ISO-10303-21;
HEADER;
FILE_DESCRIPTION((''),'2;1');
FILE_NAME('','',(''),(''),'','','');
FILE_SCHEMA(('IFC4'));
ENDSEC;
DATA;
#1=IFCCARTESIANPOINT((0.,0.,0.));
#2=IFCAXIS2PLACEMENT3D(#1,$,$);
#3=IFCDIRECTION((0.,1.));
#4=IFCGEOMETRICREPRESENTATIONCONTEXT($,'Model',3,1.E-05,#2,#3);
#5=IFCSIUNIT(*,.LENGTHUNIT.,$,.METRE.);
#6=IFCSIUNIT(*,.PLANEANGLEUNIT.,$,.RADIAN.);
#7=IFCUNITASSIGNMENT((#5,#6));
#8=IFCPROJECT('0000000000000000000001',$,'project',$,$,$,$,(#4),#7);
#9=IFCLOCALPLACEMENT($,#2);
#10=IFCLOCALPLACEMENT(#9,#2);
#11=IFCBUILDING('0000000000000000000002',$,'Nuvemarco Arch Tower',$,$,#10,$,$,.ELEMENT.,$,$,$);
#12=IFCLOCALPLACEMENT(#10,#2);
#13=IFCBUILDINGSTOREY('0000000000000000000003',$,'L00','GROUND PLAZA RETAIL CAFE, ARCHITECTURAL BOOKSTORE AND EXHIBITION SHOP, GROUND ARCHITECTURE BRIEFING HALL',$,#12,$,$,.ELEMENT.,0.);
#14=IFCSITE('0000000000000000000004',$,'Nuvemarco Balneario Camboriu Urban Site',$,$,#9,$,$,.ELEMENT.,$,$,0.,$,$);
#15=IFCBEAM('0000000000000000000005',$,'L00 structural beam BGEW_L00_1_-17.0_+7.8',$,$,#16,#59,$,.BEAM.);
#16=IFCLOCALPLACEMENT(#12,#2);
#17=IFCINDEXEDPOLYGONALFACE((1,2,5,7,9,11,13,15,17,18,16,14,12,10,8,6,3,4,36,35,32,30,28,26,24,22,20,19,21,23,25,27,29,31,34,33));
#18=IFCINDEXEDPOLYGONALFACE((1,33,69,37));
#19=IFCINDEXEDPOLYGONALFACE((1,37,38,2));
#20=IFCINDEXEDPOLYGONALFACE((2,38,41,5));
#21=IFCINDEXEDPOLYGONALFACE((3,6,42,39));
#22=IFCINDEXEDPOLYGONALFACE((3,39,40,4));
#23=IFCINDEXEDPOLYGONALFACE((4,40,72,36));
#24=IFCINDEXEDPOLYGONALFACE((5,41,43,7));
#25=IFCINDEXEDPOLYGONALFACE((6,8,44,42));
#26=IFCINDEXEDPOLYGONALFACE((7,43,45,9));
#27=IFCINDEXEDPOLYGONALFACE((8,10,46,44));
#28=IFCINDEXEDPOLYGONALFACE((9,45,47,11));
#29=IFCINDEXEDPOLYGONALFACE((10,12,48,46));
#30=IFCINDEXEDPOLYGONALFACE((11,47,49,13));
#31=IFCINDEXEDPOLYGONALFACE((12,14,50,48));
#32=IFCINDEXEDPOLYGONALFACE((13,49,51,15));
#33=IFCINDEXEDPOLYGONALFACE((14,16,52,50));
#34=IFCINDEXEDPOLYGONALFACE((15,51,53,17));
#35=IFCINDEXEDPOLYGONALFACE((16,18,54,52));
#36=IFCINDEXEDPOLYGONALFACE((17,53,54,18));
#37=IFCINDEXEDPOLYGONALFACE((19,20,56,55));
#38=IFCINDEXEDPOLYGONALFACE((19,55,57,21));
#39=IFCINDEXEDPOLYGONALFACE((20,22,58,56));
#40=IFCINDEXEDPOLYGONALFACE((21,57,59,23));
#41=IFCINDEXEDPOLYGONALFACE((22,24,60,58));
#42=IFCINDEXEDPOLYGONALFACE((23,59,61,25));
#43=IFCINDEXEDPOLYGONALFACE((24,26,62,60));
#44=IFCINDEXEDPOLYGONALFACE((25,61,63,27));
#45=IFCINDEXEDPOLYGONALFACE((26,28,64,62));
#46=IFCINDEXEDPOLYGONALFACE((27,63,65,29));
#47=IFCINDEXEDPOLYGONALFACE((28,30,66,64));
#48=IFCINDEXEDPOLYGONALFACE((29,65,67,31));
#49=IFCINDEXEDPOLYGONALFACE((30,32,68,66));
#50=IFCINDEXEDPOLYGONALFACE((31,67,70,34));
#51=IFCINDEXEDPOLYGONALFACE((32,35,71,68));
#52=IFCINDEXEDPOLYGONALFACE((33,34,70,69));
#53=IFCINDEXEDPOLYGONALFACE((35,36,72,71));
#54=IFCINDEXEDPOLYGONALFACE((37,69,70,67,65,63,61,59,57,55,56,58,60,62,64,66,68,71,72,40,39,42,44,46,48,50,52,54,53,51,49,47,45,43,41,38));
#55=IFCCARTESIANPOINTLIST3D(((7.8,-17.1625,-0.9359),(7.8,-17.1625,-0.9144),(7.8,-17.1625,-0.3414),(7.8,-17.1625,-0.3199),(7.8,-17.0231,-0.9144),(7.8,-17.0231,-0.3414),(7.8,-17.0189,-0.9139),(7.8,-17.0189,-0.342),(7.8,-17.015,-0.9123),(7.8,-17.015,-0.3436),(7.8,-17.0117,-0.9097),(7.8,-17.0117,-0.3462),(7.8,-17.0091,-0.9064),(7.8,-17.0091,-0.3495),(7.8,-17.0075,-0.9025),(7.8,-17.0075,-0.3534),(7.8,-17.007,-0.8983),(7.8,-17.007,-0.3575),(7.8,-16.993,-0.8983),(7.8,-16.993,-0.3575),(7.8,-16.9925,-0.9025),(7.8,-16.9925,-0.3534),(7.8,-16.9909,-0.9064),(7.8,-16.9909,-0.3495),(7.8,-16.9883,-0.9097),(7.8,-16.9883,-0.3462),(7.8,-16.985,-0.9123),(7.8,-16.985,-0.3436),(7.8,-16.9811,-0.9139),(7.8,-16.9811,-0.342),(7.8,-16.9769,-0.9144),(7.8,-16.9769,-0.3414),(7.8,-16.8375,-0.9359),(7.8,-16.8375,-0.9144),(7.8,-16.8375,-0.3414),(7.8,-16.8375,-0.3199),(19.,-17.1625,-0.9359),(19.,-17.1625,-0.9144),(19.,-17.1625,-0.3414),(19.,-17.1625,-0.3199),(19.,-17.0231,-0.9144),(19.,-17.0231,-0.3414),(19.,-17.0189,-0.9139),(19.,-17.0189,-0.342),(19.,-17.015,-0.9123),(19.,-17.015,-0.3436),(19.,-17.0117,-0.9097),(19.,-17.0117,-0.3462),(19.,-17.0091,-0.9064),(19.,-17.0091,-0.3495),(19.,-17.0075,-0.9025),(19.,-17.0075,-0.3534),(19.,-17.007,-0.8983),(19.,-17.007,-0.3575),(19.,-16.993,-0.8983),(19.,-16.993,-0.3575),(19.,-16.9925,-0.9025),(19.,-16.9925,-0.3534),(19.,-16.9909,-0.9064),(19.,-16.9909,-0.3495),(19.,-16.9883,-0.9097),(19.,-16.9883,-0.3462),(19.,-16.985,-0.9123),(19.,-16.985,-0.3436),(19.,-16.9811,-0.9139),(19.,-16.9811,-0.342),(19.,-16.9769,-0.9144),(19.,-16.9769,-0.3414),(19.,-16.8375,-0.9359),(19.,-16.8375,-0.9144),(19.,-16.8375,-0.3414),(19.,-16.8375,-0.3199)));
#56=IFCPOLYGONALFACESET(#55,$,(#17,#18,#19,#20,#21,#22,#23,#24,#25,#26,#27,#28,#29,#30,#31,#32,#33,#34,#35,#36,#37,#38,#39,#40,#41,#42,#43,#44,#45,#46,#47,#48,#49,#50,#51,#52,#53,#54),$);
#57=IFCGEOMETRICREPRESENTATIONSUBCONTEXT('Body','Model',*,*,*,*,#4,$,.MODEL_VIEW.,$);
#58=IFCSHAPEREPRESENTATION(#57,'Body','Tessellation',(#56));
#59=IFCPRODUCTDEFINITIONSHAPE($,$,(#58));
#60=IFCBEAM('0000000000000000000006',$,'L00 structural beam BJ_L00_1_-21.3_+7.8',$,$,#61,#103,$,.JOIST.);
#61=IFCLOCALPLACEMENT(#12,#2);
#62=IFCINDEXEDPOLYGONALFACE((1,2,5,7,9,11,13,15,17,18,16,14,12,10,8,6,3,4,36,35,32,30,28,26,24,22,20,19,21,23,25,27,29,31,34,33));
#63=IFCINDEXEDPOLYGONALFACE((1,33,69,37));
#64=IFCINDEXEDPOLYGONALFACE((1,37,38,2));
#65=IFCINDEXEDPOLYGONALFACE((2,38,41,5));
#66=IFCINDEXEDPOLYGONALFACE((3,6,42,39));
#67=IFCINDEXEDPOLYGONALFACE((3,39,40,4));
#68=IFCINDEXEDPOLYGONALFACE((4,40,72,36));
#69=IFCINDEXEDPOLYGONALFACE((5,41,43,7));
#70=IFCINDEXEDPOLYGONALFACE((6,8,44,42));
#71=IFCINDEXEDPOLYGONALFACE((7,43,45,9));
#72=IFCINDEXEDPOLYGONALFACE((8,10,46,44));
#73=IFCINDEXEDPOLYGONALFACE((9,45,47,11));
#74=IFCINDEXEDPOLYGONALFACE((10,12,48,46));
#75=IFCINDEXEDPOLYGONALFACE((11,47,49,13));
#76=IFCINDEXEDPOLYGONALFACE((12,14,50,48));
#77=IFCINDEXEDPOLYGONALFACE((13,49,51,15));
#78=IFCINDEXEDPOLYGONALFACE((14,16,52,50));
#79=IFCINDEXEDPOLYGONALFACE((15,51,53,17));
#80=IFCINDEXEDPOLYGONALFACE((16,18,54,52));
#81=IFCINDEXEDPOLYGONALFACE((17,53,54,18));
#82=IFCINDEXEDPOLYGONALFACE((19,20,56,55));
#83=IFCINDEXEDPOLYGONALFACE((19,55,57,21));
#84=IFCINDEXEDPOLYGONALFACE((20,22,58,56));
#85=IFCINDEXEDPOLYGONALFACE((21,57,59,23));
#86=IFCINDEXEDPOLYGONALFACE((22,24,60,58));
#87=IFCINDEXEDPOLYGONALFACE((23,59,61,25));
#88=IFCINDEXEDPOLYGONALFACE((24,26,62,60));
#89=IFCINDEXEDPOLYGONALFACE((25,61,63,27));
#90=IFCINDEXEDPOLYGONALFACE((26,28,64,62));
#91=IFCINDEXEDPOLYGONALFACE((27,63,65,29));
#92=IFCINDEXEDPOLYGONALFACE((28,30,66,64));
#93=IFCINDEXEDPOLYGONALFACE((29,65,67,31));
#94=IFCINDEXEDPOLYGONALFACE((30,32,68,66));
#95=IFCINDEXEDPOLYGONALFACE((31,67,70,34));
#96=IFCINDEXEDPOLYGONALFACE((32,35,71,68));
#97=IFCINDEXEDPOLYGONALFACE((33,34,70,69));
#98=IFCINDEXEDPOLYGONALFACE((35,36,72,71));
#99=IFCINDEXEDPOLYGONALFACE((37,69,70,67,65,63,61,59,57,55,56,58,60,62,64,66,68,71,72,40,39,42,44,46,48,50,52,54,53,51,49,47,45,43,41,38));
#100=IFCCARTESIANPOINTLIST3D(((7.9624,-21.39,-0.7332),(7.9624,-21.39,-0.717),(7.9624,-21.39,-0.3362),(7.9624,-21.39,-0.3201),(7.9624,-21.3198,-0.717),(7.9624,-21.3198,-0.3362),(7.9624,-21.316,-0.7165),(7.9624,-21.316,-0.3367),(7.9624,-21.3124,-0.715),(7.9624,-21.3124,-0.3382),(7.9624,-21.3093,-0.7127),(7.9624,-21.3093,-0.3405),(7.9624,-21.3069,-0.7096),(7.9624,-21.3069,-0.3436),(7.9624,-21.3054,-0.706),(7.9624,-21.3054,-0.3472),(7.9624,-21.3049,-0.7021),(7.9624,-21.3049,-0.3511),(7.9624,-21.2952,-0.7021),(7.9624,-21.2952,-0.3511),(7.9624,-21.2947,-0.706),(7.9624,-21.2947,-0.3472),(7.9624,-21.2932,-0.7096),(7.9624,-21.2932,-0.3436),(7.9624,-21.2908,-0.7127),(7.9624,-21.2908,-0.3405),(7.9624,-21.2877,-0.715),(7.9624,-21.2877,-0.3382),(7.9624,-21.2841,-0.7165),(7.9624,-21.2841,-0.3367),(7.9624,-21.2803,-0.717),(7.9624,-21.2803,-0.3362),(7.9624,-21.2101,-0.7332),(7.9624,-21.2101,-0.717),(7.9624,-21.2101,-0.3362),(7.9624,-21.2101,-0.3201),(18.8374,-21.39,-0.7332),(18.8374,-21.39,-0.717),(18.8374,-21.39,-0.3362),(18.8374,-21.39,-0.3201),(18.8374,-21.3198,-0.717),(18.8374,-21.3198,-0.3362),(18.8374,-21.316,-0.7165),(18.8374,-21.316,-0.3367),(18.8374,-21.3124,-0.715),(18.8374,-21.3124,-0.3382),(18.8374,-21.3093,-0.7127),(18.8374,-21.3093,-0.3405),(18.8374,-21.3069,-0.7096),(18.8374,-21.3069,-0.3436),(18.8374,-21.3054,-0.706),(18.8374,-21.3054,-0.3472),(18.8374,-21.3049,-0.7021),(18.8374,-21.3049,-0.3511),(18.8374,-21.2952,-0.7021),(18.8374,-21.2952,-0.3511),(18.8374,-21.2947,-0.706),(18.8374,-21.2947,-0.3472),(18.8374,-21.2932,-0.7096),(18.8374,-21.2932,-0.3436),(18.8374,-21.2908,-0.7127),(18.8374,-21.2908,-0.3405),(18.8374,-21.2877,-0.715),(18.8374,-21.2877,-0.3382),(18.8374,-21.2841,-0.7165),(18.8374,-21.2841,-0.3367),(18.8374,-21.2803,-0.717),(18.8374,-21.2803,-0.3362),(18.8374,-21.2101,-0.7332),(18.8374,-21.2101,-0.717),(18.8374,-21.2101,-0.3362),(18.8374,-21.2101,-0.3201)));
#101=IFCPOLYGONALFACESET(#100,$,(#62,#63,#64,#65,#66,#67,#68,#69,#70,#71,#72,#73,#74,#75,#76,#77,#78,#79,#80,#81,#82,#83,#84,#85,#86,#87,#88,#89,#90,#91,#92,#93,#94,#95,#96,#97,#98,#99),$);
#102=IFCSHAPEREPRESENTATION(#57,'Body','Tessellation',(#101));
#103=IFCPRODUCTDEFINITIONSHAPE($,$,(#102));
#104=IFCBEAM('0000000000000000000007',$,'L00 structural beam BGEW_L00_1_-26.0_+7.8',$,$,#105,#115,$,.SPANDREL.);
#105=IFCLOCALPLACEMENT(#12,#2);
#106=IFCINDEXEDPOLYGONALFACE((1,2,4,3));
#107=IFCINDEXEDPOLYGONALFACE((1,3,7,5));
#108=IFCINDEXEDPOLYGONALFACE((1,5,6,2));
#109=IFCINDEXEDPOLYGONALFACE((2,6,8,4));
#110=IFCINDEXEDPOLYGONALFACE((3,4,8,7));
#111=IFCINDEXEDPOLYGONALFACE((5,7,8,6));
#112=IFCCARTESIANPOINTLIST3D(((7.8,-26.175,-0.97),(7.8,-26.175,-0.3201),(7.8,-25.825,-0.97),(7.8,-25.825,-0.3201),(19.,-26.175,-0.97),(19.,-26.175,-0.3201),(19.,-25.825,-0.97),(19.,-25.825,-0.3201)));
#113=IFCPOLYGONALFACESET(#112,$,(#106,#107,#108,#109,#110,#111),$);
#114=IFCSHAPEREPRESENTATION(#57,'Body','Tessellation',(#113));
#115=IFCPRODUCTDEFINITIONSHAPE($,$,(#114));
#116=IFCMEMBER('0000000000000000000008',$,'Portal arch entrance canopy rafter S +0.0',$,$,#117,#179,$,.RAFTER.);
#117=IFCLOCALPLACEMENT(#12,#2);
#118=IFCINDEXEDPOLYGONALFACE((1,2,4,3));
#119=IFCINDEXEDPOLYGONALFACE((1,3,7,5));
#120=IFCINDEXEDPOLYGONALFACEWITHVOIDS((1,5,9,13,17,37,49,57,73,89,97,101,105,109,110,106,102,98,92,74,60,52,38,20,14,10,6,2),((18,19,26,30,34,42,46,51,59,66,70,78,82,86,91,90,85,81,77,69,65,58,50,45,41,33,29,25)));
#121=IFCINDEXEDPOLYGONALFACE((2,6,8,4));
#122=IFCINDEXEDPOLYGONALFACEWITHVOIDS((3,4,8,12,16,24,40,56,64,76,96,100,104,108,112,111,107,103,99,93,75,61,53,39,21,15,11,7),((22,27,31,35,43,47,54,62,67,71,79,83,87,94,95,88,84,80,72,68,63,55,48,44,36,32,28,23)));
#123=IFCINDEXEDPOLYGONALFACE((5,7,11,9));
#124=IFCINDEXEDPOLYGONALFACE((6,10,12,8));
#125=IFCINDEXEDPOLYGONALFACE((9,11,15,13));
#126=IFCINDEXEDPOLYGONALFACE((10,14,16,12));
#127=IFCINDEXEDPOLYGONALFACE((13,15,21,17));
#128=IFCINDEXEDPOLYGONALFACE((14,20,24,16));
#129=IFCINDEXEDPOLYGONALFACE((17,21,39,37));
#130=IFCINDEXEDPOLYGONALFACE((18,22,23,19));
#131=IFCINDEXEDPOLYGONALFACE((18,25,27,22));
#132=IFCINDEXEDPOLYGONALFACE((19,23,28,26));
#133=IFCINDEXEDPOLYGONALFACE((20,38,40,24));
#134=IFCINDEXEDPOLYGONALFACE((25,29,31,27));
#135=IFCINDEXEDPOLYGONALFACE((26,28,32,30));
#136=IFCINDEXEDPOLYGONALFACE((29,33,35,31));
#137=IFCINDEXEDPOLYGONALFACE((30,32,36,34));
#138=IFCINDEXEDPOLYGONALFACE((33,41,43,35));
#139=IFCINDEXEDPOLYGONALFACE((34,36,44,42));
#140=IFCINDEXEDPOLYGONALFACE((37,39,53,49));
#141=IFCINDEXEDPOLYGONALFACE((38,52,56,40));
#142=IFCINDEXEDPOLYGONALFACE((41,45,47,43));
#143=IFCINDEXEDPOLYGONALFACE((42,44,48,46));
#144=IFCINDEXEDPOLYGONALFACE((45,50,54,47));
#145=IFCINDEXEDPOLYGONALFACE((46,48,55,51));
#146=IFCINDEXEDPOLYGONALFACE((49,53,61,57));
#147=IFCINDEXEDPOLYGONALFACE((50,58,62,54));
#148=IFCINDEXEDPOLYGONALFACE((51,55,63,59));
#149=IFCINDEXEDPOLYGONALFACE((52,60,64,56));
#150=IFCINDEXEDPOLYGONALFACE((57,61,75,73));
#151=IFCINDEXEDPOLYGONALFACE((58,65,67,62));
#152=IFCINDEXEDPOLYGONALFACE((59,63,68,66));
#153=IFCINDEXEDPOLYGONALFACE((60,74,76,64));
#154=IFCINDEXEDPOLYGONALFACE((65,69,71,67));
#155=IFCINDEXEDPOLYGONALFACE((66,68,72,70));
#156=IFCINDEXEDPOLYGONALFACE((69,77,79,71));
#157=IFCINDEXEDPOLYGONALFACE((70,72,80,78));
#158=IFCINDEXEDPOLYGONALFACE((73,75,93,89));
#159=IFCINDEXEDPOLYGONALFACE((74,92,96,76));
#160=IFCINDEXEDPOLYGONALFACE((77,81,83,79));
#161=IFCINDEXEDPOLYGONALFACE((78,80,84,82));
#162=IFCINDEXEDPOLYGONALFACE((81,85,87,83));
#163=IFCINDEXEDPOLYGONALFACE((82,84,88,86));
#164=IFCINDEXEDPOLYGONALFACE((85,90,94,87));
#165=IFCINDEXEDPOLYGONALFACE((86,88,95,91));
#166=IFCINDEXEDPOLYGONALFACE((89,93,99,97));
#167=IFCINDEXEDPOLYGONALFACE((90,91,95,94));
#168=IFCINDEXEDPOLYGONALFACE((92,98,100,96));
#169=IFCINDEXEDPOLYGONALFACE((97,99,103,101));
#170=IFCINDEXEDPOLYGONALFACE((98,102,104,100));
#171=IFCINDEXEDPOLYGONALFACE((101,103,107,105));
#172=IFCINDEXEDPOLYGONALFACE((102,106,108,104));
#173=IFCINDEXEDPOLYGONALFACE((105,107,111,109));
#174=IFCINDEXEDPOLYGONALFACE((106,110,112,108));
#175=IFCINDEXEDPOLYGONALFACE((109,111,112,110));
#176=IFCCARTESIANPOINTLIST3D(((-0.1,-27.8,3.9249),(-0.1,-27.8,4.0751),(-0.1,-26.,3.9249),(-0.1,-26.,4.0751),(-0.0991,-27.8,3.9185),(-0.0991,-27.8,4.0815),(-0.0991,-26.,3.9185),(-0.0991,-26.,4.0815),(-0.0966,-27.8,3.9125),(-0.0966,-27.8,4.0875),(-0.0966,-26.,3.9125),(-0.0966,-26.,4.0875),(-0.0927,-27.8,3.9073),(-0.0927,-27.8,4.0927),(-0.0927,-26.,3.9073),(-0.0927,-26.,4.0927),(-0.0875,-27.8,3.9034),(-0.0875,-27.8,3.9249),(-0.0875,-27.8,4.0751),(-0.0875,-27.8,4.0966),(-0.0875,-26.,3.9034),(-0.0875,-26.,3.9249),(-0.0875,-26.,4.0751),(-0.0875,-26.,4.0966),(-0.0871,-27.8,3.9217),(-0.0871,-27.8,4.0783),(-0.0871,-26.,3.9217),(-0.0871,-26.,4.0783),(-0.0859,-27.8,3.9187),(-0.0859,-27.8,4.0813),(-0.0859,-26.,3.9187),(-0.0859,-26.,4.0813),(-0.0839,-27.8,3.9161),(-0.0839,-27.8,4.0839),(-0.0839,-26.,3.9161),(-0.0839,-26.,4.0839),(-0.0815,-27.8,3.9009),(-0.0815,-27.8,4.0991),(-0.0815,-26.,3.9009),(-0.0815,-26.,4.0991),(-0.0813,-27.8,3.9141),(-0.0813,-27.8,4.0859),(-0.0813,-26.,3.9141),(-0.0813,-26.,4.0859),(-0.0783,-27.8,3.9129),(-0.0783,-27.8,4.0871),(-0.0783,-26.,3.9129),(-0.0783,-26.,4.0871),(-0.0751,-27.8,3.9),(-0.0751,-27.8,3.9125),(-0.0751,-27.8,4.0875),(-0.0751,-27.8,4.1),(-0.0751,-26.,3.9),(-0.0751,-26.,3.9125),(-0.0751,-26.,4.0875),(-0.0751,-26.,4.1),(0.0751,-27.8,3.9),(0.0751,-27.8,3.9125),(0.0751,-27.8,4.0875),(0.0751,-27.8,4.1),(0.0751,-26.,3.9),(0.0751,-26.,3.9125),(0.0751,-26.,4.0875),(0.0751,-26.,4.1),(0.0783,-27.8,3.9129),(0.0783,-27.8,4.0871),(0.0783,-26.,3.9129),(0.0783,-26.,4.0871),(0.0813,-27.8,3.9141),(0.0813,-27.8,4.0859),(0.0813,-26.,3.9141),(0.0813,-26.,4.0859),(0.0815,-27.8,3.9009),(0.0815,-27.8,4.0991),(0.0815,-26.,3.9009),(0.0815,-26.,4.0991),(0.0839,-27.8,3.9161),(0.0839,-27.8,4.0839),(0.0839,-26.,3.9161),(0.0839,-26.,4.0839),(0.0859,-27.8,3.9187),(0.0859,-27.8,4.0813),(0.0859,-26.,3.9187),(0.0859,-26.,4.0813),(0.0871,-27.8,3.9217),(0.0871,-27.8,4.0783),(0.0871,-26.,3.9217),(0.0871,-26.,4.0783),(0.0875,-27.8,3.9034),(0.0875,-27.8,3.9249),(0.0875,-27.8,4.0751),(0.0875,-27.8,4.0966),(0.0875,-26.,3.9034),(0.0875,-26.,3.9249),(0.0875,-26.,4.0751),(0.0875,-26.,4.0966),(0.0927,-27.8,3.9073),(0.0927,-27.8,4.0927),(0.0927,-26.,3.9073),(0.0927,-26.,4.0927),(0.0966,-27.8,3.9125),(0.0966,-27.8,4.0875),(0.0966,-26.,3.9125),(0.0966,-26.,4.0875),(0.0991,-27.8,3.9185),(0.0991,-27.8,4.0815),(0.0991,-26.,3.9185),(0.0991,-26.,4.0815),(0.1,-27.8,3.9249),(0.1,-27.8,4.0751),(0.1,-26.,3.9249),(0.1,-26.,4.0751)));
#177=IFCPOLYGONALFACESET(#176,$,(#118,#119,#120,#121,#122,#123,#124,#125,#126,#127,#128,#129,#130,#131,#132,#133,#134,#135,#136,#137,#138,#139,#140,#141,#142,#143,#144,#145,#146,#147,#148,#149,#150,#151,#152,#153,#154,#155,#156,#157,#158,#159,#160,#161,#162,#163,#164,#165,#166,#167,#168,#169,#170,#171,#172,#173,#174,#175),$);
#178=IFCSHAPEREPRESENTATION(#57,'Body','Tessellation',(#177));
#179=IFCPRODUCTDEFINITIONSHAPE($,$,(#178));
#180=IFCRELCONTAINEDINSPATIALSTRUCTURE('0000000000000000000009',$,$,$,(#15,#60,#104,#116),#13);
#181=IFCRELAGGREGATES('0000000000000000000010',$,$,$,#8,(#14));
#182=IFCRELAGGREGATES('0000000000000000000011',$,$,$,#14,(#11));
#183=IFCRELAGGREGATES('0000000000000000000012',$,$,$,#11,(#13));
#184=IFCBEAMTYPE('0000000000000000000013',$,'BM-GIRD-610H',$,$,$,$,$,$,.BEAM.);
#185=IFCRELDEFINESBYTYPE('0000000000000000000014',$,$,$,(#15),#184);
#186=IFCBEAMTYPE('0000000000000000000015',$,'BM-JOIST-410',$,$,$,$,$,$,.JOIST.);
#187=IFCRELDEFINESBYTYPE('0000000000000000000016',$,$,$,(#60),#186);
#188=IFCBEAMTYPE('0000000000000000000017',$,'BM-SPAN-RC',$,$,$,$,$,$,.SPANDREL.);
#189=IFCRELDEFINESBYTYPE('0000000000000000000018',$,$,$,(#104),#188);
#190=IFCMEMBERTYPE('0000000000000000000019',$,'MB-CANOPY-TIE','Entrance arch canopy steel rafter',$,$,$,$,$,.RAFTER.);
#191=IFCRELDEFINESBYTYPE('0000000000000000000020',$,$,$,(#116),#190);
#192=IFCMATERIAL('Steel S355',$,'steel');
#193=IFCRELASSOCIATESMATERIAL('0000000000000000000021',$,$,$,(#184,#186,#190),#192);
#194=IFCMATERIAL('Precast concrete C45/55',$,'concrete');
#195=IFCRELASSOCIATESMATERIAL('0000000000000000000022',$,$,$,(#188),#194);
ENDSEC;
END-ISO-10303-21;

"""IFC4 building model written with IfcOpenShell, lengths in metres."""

from ifc_helpers import new_model, si_unit, direction, frame, origin, origin_2d, place, context, subcontext, project, spatial, rectangle, hollow_rectangle, i_section, extrude, material, material_profile, profile_set, type_object, element, save


model = new_model("IFC4")

# Units and contexts
model_context = context("Model", 3, precision=1e-05, world=origin(), true_north=direction((0.0, 1.0)))
body_context = subcontext(model_context, "Body", "Model", "MODEL_VIEW")
ifc_project = project(units=[si_unit("LENGTHUNIT", "METRE"), si_unit("PLANEANGLEUNIT", "RADIAN")], contexts=[model_context])

# Site, building, storey
site_placement = place(None, origin())
site = spatial("IfcSite", under=ifc_project, at=site_placement, Name="Nuvemarco Balneario Camboriu Urban Site", CompositionType="ELEMENT", RefElevation=0.0)
building_placement = place(site_placement, origin())
building = spatial("IfcBuilding", under=site, at=building_placement, Name="Nuvemarco Arch Tower", CompositionType="ELEMENT")
storey_placement = place(building_placement, origin())
storey = spatial("IfcBuildingStorey", under=building, at=storey_placement, Name="L00", Description="GROUND PLAZA RETAIL CAFE, ARCHITECTURAL BOOKSTORE AND EXHIBITION SHOP, GROUND ARCHITECTURE BRIEFING HALL", CompositionType="ELEMENT", Elevation=0.0)

# Shared definitions
ifc_material_1 = material(Name="Steel S355", Category="steel")

# Beams
ifc_material_profile_1 = material_profile(ifc_material_1, i_section(OverallWidth=0.325, OverallDepth=0.616, WebThickness=0.0139, FlangeThickness=0.0215, FilletRadius=0.0161, at=origin_2d()), Name="W610x174")
ifc_profile_set_1 = profile_set([ifc_material_profile_1], Name="Steel S355")
beam_type_1 = type_object("IfcBeamType", Name="BM-GIRD-610H", PredefinedType="BEAM", material=ifc_profile_set_1)
beam_1_placement = place(storey_placement, frame((7.8, -17.0, -0.6279), z_axis=(1.0, 0.0, 0.0), x_axis=(0.0, 1.0, 0.0)))
element("IfcBeam", 1, at=beam_1_placement, inside=storey, type_object=beam_type_1, Name="L00 structural beam BGEW_L00_1_-17.0_+7.8", PredefinedType="BEAM", context=body_context, shape_type="SweptSolid", body=[
    extrude(i_section(OverallWidth=0.325, OverallDepth=0.616, WebThickness=0.0139, FlangeThickness=0.0215, FilletRadius=0.0161, at=origin_2d()), origin(), (0.0, 0.0, 1.0), 11.2),
])
ifc_material_profile_2 = material_profile(ifc_material_1, i_section(OverallWidth=0.1799, OverallDepth=0.4131, WebThickness=0.0098, FlangeThickness=0.0161, FilletRadius=0.0149, at=origin_2d()), Name="W410x75")
ifc_profile_set_2 = profile_set([ifc_material_profile_2], Name="Steel S355")
beam_type_2 = type_object("IfcBeamType", Name="BM-JOIST-410", PredefinedType="JOIST", material=ifc_profile_set_2)
beam_2_placement = place(storey_placement, frame((7.9624, -21.3, -0.5266), z_axis=(1.0, 0.0, 0.0), x_axis=(0.0, 1.0, 0.0)))
element("IfcBeam", 2, at=beam_2_placement, inside=storey, type_object=beam_type_2, Name="L00 structural beam BJ_L00_1_-21.3_+7.8", PredefinedType="JOIST", context=body_context, shape_type="SweptSolid", body=[
    extrude(i_section(OverallWidth=0.1799, OverallDepth=0.4131, WebThickness=0.0098, FlangeThickness=0.0161, FilletRadius=0.0149, at=origin_2d()), origin(), (0.0, 0.0, 1.0), 10.875),
])
ifc_material_2 = material(Name="Precast concrete C45/55", Category="concrete")
ifc_material_profile_3 = material_profile(ifc_material_2, rectangle(XDim=0.3501, YDim=0.6499, at=origin_2d()), Name="PC-SP-350x650")
ifc_profile_set_3 = profile_set([ifc_material_profile_3], Name="Precast concrete C45/55")
beam_type_3 = type_object("IfcBeamType", Name="BM-SPAN-RC", PredefinedType="SPANDREL", material=ifc_profile_set_3)
beam_3_placement = place(storey_placement, frame((7.8, -26.0, -0.645), z_axis=(1.0, 0.0, 0.0), x_axis=(0.0, 1.0, 0.0)))
element("IfcBeam", 3, at=beam_3_placement, inside=storey, type_object=beam_type_3, Name="L00 structural beam BGEW_L00_1_-26.0_+7.8", PredefinedType="SPANDREL", context=body_context, shape_type="SweptSolid", body=[
    extrude(rectangle(XDim=0.3501, YDim=0.6499, at=origin_2d()), origin(), (0.0, 0.0, 1.0), 11.2),
])

# Member
ifc_material_profile_4 = material_profile(ifc_material_1, hollow_rectangle(XDim=0.2, YDim=0.2, WallThickness=0.0125, InnerFilletRadius=0.0125, OuterFilletRadius=0.0249, at=origin_2d()), Name="SHS200x200x12.5")
ifc_profile_set_4 = profile_set([ifc_material_profile_4], Name="Steel S355")
member_type = type_object("IfcMemberType", Name="MB-CANOPY-TIE", Description="Entrance arch canopy steel rafter", PredefinedType="RAFTER", material=ifc_profile_set_4)
for number, where, z_axis, x_axis, name in (
    (4, (0.0, -26.0, 4.0), (0.0, -1.0, 0.0), (1.0, 0.0, 0.0), "Portal arch entrance canopy rafter S +0.0"),
):
    element("IfcMember", number, at=place(storey_placement, frame(where, z_axis=z_axis, x_axis=x_axis)), inside=storey, type_object=member_type, Name=name, PredefinedType="RAFTER", context=body_context, shape_type="SweptSolid", body=[
        extrude(hollow_rectangle(XDim=0.2, YDim=0.2, WallThickness=0.0125, InnerFilletRadius=0.0125, OuterFilletRadius=0.0249, at=origin_2d()), origin(), (0.0, 0.0, 1.0), 1.8),
    ])

save(model, "model.ifc")
